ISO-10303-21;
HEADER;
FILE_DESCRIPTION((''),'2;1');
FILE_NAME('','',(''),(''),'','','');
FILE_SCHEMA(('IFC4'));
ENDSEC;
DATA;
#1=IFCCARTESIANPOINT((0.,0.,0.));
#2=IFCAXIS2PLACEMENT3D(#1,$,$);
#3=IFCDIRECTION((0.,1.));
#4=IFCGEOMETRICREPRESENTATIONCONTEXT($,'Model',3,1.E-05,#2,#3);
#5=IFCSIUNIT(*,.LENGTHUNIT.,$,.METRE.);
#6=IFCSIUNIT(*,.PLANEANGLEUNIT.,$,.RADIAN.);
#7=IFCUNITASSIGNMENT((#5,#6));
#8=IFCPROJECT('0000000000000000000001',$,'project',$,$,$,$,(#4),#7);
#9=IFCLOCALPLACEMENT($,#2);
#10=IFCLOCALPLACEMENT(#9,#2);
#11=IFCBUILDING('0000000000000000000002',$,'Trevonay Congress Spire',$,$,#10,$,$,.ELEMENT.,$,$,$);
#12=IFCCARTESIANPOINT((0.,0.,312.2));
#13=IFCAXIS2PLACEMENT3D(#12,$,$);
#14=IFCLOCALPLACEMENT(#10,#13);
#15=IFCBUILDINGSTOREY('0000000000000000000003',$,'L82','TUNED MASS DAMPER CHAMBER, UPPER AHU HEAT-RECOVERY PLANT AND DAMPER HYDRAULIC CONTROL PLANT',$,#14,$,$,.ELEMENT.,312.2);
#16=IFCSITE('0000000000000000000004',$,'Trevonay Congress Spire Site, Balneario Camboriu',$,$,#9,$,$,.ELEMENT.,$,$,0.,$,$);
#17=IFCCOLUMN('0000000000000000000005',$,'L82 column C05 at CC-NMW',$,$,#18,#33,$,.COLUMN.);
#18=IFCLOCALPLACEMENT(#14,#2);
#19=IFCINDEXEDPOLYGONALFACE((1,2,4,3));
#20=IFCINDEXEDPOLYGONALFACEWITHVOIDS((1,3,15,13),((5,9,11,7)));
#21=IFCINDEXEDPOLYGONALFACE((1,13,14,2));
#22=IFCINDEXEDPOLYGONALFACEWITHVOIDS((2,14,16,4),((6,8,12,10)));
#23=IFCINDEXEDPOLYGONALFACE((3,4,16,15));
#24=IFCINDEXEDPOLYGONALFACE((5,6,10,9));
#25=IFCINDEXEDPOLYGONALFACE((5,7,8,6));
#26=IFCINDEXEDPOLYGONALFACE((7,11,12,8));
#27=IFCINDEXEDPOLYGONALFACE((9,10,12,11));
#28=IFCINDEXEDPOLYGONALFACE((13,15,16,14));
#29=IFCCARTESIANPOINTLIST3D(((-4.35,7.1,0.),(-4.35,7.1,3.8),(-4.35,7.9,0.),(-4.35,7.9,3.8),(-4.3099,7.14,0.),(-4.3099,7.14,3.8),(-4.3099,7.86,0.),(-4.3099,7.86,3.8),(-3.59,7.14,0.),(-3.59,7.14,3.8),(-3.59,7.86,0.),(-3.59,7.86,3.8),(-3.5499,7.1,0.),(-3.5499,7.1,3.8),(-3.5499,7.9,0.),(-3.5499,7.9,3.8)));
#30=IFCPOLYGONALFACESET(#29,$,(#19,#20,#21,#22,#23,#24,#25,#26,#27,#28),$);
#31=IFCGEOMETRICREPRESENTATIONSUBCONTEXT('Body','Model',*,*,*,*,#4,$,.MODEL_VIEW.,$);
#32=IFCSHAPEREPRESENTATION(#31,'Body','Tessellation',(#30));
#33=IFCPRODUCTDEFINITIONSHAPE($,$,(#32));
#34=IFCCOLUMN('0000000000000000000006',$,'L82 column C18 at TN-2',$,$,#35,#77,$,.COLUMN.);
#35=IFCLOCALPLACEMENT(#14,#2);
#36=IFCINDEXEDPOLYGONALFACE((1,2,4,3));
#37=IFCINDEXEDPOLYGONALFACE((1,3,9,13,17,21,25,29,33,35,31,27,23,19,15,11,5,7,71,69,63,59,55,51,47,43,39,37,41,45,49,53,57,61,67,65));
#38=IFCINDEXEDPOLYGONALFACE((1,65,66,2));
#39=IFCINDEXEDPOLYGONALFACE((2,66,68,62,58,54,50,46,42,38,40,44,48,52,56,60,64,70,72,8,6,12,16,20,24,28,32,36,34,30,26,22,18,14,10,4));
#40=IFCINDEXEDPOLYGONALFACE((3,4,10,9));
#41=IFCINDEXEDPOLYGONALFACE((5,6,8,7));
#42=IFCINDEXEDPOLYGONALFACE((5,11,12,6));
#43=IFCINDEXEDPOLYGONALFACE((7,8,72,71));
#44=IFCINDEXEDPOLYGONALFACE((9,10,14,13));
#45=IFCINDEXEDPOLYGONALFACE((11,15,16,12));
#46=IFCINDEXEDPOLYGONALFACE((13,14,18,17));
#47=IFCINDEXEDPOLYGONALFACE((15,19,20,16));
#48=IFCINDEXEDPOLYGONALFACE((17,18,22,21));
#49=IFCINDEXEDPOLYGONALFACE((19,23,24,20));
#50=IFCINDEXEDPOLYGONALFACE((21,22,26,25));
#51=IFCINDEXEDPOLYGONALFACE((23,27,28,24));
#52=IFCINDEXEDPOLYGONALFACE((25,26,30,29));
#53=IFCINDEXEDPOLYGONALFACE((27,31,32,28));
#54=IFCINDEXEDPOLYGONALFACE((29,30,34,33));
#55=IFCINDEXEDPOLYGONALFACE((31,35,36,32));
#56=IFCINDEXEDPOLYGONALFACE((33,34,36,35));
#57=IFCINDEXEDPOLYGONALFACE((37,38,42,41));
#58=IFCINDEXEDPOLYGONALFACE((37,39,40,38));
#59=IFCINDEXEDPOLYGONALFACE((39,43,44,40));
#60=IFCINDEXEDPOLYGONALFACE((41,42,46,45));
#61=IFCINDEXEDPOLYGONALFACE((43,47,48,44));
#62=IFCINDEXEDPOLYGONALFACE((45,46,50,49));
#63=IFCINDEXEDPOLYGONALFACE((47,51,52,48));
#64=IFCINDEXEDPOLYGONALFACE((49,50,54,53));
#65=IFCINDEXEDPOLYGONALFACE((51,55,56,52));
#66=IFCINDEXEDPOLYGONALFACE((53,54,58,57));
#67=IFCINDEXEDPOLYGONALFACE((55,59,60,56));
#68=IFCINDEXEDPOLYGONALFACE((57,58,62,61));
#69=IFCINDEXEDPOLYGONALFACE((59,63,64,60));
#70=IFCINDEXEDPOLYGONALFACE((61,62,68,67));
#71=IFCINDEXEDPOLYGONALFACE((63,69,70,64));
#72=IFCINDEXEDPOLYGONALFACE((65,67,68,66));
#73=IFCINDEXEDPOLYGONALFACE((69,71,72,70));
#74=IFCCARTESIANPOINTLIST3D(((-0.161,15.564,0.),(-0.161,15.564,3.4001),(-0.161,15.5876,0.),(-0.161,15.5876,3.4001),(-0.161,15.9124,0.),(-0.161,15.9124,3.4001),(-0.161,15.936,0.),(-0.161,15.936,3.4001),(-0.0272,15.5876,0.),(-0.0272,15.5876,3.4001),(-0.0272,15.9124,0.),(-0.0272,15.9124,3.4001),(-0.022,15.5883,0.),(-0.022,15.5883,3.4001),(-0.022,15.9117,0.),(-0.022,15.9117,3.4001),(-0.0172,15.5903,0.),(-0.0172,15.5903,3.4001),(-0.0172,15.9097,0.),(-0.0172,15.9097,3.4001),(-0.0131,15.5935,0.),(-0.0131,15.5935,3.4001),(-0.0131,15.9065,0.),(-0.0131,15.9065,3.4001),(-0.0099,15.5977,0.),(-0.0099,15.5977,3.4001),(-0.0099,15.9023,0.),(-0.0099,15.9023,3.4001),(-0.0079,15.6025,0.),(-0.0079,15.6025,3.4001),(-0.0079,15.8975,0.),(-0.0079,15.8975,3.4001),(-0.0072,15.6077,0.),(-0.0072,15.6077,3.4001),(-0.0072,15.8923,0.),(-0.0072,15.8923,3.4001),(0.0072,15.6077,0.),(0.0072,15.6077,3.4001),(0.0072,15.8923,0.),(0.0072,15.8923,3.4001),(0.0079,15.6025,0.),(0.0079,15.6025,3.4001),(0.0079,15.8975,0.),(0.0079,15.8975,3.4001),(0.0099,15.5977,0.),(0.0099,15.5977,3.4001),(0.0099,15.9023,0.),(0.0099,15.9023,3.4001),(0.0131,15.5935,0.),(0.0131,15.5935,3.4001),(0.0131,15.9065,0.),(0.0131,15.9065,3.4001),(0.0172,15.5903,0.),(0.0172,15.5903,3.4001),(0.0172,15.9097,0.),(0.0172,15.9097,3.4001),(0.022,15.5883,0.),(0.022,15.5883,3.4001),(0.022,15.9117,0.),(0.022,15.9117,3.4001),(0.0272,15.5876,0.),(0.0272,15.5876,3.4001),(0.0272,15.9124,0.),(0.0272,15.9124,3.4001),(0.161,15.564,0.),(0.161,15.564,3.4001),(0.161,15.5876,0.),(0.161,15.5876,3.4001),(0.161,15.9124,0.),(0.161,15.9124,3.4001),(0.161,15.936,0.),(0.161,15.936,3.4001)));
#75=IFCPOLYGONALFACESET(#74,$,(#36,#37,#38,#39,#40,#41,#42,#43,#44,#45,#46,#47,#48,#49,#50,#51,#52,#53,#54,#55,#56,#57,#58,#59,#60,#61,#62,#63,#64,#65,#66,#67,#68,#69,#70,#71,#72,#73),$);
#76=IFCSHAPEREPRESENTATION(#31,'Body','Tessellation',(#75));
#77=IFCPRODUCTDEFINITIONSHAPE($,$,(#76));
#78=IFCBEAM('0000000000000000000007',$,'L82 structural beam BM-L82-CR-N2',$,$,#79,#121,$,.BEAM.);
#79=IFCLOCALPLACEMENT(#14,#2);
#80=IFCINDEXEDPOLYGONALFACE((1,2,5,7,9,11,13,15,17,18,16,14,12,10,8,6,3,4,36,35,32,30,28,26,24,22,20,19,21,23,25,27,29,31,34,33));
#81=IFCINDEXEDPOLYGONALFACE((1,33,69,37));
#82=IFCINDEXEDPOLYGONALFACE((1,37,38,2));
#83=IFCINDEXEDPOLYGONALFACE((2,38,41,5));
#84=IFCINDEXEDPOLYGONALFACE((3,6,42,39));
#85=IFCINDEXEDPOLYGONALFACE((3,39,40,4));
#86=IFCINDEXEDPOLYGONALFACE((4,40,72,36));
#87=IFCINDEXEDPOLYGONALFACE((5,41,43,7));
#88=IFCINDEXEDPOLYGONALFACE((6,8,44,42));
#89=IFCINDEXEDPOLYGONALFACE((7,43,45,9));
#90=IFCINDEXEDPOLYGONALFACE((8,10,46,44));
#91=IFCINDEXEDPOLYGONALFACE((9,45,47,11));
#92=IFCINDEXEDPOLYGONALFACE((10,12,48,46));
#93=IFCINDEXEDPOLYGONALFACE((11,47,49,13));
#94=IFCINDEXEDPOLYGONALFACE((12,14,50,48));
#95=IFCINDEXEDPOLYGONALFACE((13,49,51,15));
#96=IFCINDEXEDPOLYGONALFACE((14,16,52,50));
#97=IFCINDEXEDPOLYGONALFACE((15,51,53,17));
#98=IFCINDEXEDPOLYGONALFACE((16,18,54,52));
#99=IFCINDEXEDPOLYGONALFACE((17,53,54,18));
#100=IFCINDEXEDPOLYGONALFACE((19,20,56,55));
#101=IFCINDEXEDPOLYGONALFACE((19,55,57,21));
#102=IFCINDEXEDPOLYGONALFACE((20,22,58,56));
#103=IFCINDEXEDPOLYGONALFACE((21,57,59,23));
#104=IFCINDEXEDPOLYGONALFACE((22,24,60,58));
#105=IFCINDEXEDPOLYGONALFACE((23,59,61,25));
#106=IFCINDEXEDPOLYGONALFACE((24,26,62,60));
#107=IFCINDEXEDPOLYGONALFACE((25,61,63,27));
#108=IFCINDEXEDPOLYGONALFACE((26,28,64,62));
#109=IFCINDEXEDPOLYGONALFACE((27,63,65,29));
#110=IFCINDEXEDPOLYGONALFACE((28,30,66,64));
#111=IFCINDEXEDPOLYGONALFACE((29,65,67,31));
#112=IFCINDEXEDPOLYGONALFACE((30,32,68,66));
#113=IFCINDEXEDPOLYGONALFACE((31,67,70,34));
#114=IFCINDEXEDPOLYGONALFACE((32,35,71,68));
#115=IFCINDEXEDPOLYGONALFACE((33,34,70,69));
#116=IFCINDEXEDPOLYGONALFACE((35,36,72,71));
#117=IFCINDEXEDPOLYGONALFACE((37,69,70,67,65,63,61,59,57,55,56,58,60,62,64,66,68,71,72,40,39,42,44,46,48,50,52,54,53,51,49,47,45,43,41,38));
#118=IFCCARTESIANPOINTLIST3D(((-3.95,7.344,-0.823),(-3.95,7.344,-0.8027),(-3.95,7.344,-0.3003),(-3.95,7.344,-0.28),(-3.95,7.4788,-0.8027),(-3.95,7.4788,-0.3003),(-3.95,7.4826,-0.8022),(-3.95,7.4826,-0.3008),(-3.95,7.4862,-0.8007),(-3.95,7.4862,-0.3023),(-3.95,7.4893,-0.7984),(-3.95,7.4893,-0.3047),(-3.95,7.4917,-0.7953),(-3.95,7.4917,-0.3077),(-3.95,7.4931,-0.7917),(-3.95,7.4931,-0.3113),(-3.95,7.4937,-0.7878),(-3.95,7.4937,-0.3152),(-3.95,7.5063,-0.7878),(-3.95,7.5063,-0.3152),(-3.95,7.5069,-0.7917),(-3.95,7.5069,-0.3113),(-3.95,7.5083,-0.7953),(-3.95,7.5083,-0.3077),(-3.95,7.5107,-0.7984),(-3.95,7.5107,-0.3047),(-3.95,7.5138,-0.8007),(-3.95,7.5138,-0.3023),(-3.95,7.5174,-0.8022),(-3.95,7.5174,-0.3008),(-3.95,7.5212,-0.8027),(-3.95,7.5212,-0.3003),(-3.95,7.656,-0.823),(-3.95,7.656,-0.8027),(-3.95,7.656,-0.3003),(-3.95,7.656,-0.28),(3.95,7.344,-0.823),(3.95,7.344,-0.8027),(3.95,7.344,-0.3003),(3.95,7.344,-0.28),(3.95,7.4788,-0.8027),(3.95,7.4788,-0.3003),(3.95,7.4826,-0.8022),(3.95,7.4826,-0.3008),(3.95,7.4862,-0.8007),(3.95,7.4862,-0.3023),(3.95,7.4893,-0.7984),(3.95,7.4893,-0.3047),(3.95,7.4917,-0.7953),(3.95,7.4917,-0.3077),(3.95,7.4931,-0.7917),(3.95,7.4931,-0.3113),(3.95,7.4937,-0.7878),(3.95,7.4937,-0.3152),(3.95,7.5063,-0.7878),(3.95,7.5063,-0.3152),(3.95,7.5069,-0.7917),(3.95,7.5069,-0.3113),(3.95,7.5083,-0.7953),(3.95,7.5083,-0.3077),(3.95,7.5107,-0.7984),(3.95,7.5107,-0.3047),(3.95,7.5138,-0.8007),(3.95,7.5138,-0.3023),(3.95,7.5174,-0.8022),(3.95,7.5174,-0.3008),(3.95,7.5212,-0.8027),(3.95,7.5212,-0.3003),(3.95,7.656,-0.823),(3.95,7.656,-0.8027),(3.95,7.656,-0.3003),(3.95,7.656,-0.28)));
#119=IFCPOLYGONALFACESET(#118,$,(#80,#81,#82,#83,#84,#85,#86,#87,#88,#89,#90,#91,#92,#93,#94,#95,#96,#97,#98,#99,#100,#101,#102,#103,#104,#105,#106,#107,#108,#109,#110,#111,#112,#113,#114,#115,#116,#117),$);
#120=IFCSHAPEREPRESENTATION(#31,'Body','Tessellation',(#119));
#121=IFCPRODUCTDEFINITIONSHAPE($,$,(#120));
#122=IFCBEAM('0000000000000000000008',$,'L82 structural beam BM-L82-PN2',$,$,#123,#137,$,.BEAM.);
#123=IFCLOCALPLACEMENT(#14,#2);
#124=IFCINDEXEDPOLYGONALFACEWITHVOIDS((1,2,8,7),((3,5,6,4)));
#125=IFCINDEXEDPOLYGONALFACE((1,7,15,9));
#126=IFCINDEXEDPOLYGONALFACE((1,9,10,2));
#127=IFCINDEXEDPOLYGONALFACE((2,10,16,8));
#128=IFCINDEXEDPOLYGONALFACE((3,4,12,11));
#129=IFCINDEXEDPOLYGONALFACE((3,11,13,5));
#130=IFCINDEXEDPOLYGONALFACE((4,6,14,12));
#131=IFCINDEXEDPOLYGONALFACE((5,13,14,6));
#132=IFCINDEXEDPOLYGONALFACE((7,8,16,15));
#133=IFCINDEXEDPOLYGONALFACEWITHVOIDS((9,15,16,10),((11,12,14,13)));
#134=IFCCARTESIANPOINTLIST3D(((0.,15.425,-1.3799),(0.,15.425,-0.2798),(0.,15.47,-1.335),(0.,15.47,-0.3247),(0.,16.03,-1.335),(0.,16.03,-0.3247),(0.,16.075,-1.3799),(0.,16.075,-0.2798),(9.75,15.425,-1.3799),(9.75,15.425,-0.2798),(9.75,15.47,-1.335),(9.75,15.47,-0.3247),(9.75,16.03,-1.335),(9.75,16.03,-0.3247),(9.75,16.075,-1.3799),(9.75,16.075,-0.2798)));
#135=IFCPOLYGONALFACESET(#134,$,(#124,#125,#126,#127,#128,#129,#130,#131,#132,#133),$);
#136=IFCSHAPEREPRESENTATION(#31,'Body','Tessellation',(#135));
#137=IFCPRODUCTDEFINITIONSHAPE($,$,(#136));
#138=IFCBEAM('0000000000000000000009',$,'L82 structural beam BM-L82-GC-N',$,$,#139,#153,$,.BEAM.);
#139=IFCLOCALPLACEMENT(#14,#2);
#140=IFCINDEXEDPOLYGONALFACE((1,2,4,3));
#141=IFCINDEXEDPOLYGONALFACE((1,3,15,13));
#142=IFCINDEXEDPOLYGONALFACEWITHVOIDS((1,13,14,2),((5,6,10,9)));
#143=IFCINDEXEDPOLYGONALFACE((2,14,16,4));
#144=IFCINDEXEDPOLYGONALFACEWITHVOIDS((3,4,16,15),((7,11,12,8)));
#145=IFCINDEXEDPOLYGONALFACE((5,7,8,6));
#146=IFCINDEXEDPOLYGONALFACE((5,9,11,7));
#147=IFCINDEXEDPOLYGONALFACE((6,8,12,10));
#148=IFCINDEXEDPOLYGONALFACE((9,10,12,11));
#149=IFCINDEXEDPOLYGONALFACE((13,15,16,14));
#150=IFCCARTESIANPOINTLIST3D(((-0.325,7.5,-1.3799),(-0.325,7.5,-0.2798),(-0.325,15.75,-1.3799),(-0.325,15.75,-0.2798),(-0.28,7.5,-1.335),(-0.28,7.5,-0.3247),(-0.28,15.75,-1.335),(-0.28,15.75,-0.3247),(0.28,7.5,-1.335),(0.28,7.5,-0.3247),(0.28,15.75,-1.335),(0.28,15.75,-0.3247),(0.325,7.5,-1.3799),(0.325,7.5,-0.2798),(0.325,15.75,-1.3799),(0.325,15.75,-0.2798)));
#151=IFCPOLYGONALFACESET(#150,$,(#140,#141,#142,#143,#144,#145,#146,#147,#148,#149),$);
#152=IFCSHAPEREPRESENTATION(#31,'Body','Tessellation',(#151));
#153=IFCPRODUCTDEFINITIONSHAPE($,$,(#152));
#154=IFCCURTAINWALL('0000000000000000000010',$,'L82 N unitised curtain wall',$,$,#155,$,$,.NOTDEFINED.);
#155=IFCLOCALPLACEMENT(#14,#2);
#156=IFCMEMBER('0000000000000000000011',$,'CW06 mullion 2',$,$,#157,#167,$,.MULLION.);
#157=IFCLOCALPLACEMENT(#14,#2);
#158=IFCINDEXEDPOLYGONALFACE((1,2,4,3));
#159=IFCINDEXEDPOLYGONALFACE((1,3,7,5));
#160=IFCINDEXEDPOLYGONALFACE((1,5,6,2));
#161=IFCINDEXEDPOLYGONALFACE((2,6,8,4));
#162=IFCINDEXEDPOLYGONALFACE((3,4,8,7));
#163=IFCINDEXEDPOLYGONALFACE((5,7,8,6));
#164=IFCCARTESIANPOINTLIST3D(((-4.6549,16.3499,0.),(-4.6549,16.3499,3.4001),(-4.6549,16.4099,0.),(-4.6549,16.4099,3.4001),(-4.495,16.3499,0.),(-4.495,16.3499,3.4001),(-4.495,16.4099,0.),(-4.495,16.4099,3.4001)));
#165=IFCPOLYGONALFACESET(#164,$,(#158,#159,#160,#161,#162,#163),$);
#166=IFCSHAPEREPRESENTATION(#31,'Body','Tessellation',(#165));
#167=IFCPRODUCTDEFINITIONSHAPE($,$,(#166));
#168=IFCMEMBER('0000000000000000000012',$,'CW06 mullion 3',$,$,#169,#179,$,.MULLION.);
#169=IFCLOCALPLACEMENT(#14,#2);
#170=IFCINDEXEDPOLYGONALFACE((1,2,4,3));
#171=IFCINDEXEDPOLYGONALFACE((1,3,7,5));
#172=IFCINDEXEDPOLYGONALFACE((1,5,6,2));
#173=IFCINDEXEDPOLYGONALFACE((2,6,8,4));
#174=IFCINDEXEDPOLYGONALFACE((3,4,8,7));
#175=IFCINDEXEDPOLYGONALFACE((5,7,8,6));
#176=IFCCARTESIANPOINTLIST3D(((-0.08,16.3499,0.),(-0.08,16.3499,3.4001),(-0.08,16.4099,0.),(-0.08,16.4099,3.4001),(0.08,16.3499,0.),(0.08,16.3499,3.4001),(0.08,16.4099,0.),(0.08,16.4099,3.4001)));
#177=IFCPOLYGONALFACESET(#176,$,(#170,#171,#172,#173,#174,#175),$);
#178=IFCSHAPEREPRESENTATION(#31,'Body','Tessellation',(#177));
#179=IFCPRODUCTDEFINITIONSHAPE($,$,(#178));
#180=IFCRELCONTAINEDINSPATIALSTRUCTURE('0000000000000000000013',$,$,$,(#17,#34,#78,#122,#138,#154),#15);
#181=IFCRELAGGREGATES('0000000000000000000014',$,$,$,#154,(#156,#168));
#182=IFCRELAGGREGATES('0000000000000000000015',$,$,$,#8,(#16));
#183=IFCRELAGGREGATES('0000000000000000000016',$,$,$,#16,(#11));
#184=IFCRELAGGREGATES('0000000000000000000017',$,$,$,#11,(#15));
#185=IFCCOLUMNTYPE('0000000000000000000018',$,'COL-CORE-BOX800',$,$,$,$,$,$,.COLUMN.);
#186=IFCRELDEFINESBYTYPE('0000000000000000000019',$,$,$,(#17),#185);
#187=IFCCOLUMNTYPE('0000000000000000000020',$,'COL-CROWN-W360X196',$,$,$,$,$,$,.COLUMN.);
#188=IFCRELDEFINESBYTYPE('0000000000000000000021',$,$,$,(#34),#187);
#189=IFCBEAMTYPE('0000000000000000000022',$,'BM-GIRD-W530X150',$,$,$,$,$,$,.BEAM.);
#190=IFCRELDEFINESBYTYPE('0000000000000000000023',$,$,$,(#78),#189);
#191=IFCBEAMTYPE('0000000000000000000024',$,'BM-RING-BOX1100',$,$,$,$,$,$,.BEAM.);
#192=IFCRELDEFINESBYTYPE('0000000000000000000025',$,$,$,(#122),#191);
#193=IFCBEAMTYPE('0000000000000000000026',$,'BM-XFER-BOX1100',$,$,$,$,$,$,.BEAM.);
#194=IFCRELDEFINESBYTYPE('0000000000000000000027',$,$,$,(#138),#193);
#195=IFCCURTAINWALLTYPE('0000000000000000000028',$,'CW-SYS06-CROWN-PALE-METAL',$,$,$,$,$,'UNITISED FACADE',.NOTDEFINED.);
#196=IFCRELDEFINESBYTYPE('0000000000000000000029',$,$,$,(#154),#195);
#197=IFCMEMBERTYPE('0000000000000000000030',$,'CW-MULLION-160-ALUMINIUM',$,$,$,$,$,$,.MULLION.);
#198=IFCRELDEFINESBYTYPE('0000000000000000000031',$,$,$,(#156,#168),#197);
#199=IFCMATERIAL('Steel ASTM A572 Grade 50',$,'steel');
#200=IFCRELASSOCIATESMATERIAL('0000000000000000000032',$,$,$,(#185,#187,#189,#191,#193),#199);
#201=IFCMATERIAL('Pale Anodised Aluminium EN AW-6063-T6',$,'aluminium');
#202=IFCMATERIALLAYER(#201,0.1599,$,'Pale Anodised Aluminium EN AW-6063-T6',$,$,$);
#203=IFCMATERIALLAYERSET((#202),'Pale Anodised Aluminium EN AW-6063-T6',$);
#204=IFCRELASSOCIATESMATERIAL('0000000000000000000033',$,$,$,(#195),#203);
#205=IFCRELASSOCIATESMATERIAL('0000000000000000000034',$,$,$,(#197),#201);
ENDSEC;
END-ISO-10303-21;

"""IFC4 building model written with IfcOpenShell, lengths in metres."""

from ifc_helpers import new_model, si_unit, direction, frame, origin, origin_2d, place, context, subcontext, project, spatial, rectangle, hollow_rectangle, i_section, extrude, material, layer, layer_set, material_profile, profile_set, type_object, element, aggregate, save


model = new_model("IFC4")

# Units and contexts
model_context = context("Model", 3, precision=1e-05, world=origin(), true_north=direction((0.0, 1.0)))
body_context = subcontext(model_context, "Body", "Model", "MODEL_VIEW")
ifc_project = project(units=[si_unit("LENGTHUNIT", "METRE"), si_unit("PLANEANGLEUNIT", "RADIAN")], contexts=[model_context])

# Site, building, storey
site_placement = place(None, origin())
site = spatial("IfcSite", under=ifc_project, at=site_placement, Name="Trevonay Congress Spire Site, Balneario Camboriu", CompositionType="ELEMENT", RefElevation=0.0)
building_placement = place(site_placement, origin())
building = spatial("IfcBuilding", under=site, at=building_placement, Name="Trevonay Congress Spire", CompositionType="ELEMENT")
storey_placement = place(building_placement, frame((0.0, 0.0, 312.2)))
storey = spatial("IfcBuildingStorey", under=building, at=storey_placement, Name="L82", Description="TUNED MASS DAMPER CHAMBER, UPPER AHU HEAT-RECOVERY PLANT AND DAMPER HYDRAULIC CONTROL PLANT", CompositionType="ELEMENT", Elevation=312.2)

# Columns
ifc_material_1 = material(Name="Steel ASTM A572 Grade 50", Category="steel")
ifc_material_profile_1 = material_profile(ifc_material_1, hollow_rectangle(XDim=0.8, YDim=0.8, WallThickness=0.04, at=origin_2d()), Name="BOX 800x800x40")
ifc_profile_set_1 = profile_set([ifc_material_profile_1], Name="Steel ASTM A572 Grade 50")
column_type_1 = type_object("IfcColumnType", Name="COL-CORE-BOX800", PredefinedType="COLUMN", material=ifc_profile_set_1)
column_1_placement = place(storey_placement, frame((-3.95, 7.5, 0.0), z_axis=(0.0, 0.0, 1.0), x_axis=(1.0, 0.0, 0.0)))
element("IfcColumn", 1, at=column_1_placement, inside=storey, type_object=column_type_1, Name="L82 column C05 at CC-NMW", PredefinedType="COLUMN", context=body_context, shape_type="SweptSolid", body=[
    extrude(hollow_rectangle(XDim=0.8, YDim=0.8, WallThickness=0.04, at=origin_2d()), origin(), (0.0, 0.0, 1.0), 3.8),
])
ifc_material_profile_2 = material_profile(ifc_material_1, i_section(OverallWidth=0.322, OverallDepth=0.3721, WebThickness=0.0144, FlangeThickness=0.0237, FilletRadius=0.02, at=origin_2d()), Name="W360x196")
ifc_profile_set_2 = profile_set([ifc_material_profile_2], Name="Steel ASTM A572 Grade 50")
column_type_2 = type_object("IfcColumnType", Name="COL-CROWN-W360X196", PredefinedType="COLUMN", material=ifc_profile_set_2)
column_2_placement = place(storey_placement, frame((0.0, 15.75, 0.0), z_axis=(0.0, 0.0, 1.0), x_axis=(1.0, 0.0, 0.0)))
element("IfcColumn", 2, at=column_2_placement, inside=storey, type_object=column_type_2, Name="L82 column C18 at TN-2", PredefinedType="COLUMN", context=body_context, shape_type="SweptSolid", body=[
    extrude(i_section(OverallWidth=0.322, OverallDepth=0.3721, WebThickness=0.0144, FlangeThickness=0.0237, FilletRadius=0.02, at=origin_2d()), origin(), (0.0, 0.0, 1.0), 3.4001),
])

# Beams
ifc_material_profile_3 = material_profile(ifc_material_1, i_section(OverallWidth=0.312, OverallDepth=0.543, WebThickness=0.0127, FlangeThickness=0.0203, FilletRadius=0.0149, at=origin_2d()), Name="W530x150")
ifc_profile_set_3 = profile_set([ifc_material_profile_3], Name="Steel ASTM A572 Grade 50")
beam_type_1 = type_object("IfcBeamType", Name="BM-GIRD-W530X150", PredefinedType="BEAM", material=ifc_profile_set_3)
beam_1_placement = place(storey_placement, frame((-3.95, 7.5, -0.5515), z_axis=(1.0, 0.0, 0.0), x_axis=(0.0, 1.0, 0.0)))
element("IfcBeam", 3, at=beam_1_placement, inside=storey, type_object=beam_type_1, Name="L82 structural beam BM-L82-CR-N2", PredefinedType="BEAM", context=body_context, shape_type="SweptSolid", body=[
    extrude(i_section(OverallWidth=0.312, OverallDepth=0.543, WebThickness=0.0127, FlangeThickness=0.0203, FilletRadius=0.0149, at=origin_2d()), origin(), (0.0, 0.0, 1.0), 7.8999),
])
ifc_material_profile_4 = material_profile(ifc_material_1, hollow_rectangle(XDim=0.6499, YDim=1.1001, WallThickness=0.0449, at=origin_2d()), Name="BOX 1100x650x45")
ifc_profile_set_4 = profile_set([ifc_material_profile_4], Name="Steel ASTM A572 Grade 50")
beam_type_2 = type_object("IfcBeamType", Name="BM-RING-BOX1100", PredefinedType="BEAM", material=ifc_profile_set_4)
beam_2_placement = place(storey_placement, frame((0.0, 15.75, -0.8298), z_axis=(1.0, 0.0, 0.0), x_axis=(0.0, 1.0, 0.0)))
element("IfcBeam", 4, at=beam_2_placement, inside=storey, type_object=beam_type_2, Name="L82 structural beam BM-L82-PN2", PredefinedType="BEAM", context=body_context, shape_type="SweptSolid", body=[
    extrude(hollow_rectangle(XDim=0.6499, YDim=1.1001, WallThickness=0.0449, at=origin_2d()), origin(), (0.0, 0.0, 1.0), 9.75),
])
ifc_material_profile_5 = material_profile(ifc_material_1, hollow_rectangle(XDim=0.6499, YDim=1.1001, WallThickness=0.0449, at=origin_2d()), Name="BOX 1100x650x45")
ifc_profile_set_5 = profile_set([ifc_material_profile_5], Name="Steel ASTM A572 Grade 50")
beam_type_3 = type_object("IfcBeamType", Name="BM-XFER-BOX1100", PredefinedType="BEAM", material=ifc_profile_set_5)
beam_3_placement = place(storey_placement, frame((0.0, 7.5, -0.8298), z_axis=(0.0, 1.0, 0.0), x_axis=(-1.0, 0.0, 0.0)))
element("IfcBeam", 5, at=beam_3_placement, inside=storey, type_object=beam_type_3, Name="L82 structural beam BM-L82-GC-N", PredefinedType="BEAM", context=body_context, shape_type="SweptSolid", body=[
    extrude(hollow_rectangle(XDim=0.6499, YDim=1.1001, WallThickness=0.0449, at=origin_2d()), origin(), (0.0, 0.0, 1.0), 8.25),
])

# Curtain wall, members
ifc_material_2 = material(Name="Pale Anodised Aluminium EN AW-6063-T6", Category="aluminium")
ifc_layer_1 = layer(ifc_material_2, 0.1599, Name="Pale Anodised Aluminium EN AW-6063-T6")
ifc_layer_set_1 = layer_set([ifc_layer_1], Name="Pale Anodised Aluminium EN AW-6063-T6")
curtain_wall_type = type_object("IfcCurtainWallType", Name="CW-SYS06-CROWN-PALE-METAL", ElementType="UNITISED FACADE", PredefinedType="NOTDEFINED", material=ifc_layer_set_1)
curtain_wall_placement = place(storey_placement, origin())
curtain_wall = element("IfcCurtainWall", 6, at=curtain_wall_placement, inside=storey, type_object=curtain_wall_type, Name="L82 N unitised curtain wall", PredefinedType="NOTDEFINED")
ifc_material_profile_6 = material_profile(ifc_material_2, rectangle(XDim=0.0601, YDim=0.1599, at=origin_2d()), Name="CW-MULLION-160-ALUMINIUM")
ifc_profile_set_6 = profile_set([ifc_material_profile_6], Name="Pale Anodised Aluminium EN AW-6063-T6")
member_type_1 = type_object("IfcMemberType", Name="CW-MULLION-160-ALUMINIUM", PredefinedType="MULLION", material=ifc_profile_set_6)
member_1_placement = place(storey_placement, frame((-4.575, 16.3799, 0.0), z_axis=(0.0, 0.0, 1.0), x_axis=(0.0, 1.0, 0.0)))
member_1 = element("IfcMember", 7, at=member_1_placement, type_object=member_type_1, Name="CW06 mullion 2", PredefinedType="MULLION", context=body_context, shape_type="SweptSolid", body=[
    extrude(rectangle(XDim=0.0601, YDim=0.1599, at=origin_2d()), origin(), (0.0, 0.0, 1.0), 3.4001),
])
member_2_placement = place(storey_placement, frame((0.0, 16.3799, 0.0), z_axis=(0.0, 0.0, 1.0), x_axis=(0.0, 1.0, 0.0)))
member_2 = element("IfcMember", 8, at=member_2_placement, type_object=member_type_1, Name="CW06 mullion 3", PredefinedType="MULLION", context=body_context, shape_type="SweptSolid", body=[
    extrude(rectangle(XDim=0.0601, YDim=0.1599, at=origin_2d()), origin(), (0.0, 0.0, 1.0), 3.4001),
])

aggregate(curtain_wall, [member_1, member_2])

save(model, "model.ifc")
